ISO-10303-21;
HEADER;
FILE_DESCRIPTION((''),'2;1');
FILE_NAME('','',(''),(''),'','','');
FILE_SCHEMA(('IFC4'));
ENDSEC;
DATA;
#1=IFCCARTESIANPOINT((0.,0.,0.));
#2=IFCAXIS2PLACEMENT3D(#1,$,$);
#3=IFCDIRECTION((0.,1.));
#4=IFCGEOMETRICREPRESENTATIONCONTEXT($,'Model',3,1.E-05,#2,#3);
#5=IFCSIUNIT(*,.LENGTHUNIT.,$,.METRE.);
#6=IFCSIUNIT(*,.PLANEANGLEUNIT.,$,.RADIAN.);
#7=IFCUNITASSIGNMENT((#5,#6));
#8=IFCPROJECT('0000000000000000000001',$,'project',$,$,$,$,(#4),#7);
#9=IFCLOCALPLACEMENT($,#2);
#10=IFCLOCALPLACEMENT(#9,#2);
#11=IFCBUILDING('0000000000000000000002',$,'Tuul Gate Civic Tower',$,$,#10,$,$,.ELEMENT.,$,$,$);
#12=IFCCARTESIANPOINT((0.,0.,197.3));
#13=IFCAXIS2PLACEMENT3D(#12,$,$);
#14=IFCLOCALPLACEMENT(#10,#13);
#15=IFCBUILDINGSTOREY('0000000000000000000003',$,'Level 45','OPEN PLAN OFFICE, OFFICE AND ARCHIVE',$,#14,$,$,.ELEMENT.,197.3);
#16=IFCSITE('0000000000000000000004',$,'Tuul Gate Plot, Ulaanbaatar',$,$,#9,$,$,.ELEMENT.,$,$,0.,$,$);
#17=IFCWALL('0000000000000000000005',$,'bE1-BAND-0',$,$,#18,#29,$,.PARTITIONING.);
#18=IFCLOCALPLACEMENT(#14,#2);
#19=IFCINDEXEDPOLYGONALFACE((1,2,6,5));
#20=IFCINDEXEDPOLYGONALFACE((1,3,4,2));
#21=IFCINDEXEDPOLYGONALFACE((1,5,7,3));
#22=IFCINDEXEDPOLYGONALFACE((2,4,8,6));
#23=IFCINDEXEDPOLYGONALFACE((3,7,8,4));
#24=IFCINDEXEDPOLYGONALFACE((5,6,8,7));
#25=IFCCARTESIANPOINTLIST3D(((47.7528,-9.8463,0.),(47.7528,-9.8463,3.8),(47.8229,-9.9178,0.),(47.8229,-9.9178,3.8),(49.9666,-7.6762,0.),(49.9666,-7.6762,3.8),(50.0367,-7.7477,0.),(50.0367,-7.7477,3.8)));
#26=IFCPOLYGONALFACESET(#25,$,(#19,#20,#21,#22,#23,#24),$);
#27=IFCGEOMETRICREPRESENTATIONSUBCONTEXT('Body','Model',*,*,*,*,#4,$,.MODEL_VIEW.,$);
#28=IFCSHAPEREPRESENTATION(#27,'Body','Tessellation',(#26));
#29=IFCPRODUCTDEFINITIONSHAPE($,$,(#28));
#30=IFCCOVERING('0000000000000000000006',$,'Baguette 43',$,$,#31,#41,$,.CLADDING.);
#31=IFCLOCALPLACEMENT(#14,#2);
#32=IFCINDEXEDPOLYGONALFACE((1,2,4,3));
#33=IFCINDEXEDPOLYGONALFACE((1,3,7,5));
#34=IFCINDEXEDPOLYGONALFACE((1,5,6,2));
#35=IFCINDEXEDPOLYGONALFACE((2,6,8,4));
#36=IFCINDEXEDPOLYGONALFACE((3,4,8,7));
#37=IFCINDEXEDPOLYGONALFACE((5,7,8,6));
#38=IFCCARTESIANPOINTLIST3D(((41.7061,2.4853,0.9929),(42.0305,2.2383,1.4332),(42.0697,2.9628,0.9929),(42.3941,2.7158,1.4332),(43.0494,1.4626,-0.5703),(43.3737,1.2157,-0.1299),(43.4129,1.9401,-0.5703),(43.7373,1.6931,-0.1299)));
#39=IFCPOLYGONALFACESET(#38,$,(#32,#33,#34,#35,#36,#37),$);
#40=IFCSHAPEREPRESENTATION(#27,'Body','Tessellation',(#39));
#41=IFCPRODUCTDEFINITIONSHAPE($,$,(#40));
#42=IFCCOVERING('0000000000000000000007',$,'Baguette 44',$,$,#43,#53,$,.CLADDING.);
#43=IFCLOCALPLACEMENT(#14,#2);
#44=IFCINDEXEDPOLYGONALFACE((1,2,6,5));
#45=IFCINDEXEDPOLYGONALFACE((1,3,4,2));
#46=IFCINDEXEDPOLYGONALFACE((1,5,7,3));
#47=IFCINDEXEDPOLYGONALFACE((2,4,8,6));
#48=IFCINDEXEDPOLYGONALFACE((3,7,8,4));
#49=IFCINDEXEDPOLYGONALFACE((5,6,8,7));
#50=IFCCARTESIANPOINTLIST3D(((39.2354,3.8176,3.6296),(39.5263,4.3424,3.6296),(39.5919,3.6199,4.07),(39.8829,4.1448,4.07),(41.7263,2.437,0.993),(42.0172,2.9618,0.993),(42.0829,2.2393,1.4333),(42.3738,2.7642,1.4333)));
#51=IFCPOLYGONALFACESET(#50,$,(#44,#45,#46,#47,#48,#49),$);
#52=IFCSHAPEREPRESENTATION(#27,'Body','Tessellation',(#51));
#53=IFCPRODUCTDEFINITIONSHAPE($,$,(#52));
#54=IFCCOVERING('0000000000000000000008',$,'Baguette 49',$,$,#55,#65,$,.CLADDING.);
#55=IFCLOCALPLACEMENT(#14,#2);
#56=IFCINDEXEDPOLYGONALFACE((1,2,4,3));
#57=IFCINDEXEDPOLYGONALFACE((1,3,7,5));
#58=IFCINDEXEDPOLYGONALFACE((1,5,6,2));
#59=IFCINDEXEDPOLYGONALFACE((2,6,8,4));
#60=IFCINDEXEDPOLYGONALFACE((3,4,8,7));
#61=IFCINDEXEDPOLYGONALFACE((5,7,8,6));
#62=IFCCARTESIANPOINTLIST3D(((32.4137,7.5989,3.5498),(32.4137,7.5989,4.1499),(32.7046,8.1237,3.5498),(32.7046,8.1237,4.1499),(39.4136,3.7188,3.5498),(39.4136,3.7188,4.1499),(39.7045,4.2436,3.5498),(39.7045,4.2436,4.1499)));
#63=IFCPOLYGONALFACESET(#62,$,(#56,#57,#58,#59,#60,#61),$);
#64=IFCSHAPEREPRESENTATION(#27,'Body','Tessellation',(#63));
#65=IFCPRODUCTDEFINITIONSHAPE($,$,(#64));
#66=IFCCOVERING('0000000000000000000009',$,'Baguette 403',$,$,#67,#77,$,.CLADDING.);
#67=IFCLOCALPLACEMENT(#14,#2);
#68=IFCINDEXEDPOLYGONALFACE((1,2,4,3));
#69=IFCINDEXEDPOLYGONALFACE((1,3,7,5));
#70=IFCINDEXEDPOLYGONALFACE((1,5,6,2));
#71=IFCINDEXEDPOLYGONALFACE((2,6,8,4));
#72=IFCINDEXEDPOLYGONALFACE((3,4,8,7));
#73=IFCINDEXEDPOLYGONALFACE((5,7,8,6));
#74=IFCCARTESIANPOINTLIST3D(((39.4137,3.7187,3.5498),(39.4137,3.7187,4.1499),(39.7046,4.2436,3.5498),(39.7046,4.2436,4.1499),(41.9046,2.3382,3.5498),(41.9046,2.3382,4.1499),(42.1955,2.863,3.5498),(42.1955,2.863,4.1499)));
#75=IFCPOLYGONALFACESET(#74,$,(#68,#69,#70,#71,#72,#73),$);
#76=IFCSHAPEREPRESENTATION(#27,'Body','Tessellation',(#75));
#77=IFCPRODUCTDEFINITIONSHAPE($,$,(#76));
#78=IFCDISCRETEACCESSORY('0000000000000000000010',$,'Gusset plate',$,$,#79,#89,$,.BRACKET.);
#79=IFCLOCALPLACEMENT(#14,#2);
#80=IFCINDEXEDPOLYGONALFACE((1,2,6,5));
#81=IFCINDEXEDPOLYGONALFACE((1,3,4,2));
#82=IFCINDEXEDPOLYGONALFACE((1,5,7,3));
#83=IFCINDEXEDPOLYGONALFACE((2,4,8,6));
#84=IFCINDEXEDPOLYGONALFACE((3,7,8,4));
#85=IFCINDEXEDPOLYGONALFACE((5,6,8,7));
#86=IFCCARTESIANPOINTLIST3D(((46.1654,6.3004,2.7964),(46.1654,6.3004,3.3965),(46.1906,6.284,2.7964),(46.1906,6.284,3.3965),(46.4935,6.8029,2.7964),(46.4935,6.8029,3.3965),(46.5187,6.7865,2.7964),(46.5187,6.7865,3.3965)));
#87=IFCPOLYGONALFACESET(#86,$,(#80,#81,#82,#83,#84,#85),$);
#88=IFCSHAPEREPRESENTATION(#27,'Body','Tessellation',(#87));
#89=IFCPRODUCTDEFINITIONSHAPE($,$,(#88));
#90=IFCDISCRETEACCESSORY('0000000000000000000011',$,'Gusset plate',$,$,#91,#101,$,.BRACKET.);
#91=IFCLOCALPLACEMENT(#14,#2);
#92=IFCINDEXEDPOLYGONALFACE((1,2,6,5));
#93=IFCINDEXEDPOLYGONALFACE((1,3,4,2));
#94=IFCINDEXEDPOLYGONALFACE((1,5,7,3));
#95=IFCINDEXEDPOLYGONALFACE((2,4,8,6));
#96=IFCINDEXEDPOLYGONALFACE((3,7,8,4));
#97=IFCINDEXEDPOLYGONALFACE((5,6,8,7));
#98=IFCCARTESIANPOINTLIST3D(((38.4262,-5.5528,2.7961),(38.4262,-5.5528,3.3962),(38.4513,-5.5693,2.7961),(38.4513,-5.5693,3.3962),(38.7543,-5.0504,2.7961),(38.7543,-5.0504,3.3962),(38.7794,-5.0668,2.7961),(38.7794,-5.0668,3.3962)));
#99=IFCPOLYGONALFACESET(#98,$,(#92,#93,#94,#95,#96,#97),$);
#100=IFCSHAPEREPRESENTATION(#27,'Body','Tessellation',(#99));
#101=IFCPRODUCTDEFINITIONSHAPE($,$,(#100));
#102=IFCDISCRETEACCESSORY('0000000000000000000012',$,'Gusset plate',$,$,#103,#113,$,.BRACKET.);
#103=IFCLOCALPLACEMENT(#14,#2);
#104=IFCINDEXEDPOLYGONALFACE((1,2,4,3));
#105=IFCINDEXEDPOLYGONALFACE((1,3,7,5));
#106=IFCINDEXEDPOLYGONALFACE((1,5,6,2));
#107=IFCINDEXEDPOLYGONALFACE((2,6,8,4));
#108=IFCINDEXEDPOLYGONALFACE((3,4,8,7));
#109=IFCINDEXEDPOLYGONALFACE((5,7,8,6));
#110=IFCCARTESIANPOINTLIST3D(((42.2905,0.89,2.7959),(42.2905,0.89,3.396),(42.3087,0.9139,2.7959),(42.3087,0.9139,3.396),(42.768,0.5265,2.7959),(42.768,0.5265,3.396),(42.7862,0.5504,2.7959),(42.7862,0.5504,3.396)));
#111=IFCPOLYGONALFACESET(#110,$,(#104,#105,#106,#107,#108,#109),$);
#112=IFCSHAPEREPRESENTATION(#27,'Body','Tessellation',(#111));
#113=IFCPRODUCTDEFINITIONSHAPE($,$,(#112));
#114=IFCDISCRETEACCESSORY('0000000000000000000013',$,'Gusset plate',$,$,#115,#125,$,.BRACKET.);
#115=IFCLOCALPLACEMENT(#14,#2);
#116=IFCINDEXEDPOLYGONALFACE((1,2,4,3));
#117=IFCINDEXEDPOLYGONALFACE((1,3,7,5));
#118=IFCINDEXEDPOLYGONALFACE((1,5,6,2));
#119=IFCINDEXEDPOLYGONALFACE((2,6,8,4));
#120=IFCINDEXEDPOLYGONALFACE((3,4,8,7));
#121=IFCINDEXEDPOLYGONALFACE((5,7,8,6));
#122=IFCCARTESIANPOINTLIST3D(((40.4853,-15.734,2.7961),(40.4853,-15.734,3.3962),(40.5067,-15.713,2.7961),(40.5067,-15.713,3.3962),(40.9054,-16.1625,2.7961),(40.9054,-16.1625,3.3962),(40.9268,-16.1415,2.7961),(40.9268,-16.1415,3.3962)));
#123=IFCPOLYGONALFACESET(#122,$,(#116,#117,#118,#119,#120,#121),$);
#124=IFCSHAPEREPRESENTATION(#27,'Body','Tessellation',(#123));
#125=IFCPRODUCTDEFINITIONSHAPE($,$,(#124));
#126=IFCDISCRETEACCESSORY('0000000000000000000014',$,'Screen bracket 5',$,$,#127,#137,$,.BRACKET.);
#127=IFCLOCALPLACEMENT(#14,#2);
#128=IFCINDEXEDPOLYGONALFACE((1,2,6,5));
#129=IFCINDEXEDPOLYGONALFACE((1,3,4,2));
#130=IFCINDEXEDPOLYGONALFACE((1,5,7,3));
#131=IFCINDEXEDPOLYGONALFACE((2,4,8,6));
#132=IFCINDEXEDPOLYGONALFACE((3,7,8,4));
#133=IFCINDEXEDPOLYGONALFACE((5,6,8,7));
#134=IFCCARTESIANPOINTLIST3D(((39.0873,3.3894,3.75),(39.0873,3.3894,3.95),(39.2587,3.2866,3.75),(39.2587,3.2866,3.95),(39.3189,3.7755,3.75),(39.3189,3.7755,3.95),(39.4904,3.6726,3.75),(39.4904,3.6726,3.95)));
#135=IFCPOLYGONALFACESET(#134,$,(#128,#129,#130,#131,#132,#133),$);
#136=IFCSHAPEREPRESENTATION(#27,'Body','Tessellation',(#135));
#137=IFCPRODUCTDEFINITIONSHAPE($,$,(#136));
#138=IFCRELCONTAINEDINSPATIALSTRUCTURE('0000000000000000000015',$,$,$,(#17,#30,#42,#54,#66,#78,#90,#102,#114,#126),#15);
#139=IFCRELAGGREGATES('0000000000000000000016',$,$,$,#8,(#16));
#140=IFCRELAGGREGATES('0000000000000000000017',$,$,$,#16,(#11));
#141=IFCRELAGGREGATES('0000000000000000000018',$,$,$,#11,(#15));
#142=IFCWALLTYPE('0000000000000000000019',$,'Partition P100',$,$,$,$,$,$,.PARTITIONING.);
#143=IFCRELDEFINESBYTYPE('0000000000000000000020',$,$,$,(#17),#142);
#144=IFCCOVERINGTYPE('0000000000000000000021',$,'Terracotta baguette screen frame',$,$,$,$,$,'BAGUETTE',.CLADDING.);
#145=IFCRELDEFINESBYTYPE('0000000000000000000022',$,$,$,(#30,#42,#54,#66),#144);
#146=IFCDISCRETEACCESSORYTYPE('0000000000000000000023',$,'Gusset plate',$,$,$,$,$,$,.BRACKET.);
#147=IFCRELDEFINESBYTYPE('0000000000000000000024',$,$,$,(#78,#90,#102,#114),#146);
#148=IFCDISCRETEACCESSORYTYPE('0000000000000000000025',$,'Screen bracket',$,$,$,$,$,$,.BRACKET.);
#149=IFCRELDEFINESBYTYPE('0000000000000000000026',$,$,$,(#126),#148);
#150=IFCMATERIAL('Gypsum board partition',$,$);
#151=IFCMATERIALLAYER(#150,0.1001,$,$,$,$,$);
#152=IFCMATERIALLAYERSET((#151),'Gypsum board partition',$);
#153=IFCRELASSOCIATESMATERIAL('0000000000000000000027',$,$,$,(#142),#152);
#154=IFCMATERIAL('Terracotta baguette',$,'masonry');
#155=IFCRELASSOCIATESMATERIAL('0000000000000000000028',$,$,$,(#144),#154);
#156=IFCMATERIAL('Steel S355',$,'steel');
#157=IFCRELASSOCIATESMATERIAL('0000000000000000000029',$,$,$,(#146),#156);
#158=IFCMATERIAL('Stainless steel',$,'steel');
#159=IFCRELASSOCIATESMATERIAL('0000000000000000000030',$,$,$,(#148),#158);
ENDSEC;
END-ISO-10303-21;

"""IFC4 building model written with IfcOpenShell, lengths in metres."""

from ifc_helpers import new_model, si_unit, direction, frame, frame_2d, origin, origin_2d, place, context, subcontext, project, spatial, rectangle, extrude, material, layer, layer_set, material_profile, profile_set, type_object, element, save


model = new_model("IFC4")

# Units and contexts
model_context = context("Model", 3, precision=1e-05, world=origin(), true_north=direction((0.0, 1.0)))
body_context = subcontext(model_context, "Body", "Model", "MODEL_VIEW")
ifc_project = project(units=[si_unit("LENGTHUNIT", "METRE"), si_unit("PLANEANGLEUNIT", "RADIAN")], contexts=[model_context])

# Site, building, storey
site_placement = place(None, origin())
site = spatial("IfcSite", under=ifc_project, at=site_placement, Name="Tuul Gate Plot, Ulaanbaatar", CompositionType="ELEMENT", RefElevation=0.0)
building_placement = place(site_placement, origin())
building = spatial("IfcBuilding", under=site, at=building_placement, Name="Tuul Gate Civic Tower", CompositionType="ELEMENT")
storey_placement = place(building_placement, frame((0.0, 0.0, 197.3)))
storey = spatial("IfcBuildingStorey", under=building, at=storey_placement, Name="Level 45", Description="OPEN PLAN OFFICE, OFFICE AND ARCHIVE", CompositionType="ELEMENT", Elevation=197.3)

# Wall
ifc_material_1 = material(Name="Gypsum board partition")
ifc_layer_1 = layer(ifc_material_1, 0.1001)
ifc_layer_set_1 = layer_set([ifc_layer_1], Name="Gypsum board partition")
wall_type_1 = type_object("IfcWallType", Name="Partition P100", PredefinedType="PARTITIONING", material=ifc_layer_set_1)
wall_1_placement = place(storey_placement, frame((47.7878, -9.8821, 0.0), z_axis=(0.0, 0.0, 1.0), x_axis=(0.71412, 0.700023, 0.0)))
element("IfcWall", 1, at=wall_1_placement, inside=storey, type_object=wall_type_1, Name="bE1-BAND-0", PredefinedType="PARTITIONING", context=body_context, shape_type="SweptSolid", body=[
    extrude(rectangle(XDim=3.1001, YDim=0.1001, at=frame_2d((1.55, 0.0))), origin(), (0.0, 0.0, 1.0), 3.8),
])

# Coverings
ifc_material_2 = material(Name="Terracotta baguette", Category="masonry")
ifc_material_profile_1 = material_profile(ifc_material_2, rectangle(XDim=0.6001, YDim=0.6001, at=origin_2d()), Name="Terracotta baguette screen frame")
ifc_profile_set_1 = profile_set([ifc_material_profile_1], Name="Terracotta baguette")
covering_type = type_object("IfcCoveringType", Name="Terracotta baguette screen frame", ElementType="BAGUETTE", PredefinedType="CLADDING", material=ifc_profile_set_1)
covering_1_placement = place(storey_placement, frame((43.3933, 1.5779, -0.3501), z_axis=(-0.583808, 0.444487, 0.679411), x_axis=(-0.605769, -0.795641, 0.0)))
element("IfcCovering", 2, at=covering_1_placement, inside=storey, type_object=covering_type, Name="Baguette 43", PredefinedType="CLADDING", context=body_context, shape_type="SweptSolid", body=[
    extrude(rectangle(XDim=0.6001, YDim=0.6001, at=origin_2d()), origin(), (0.0, 0.0, 1.0), 2.3008),
])
covering_2_placement = place(storey_placement, frame((42.05, 2.6006, 1.2131), z_axis=(-0.641812, 0.355724, 0.679366), x_axis=(-0.484769, -0.874642, 0.0)))
element("IfcCovering", 3, at=covering_2_placement, inside=storey, type_object=covering_type, Name="Baguette 44", PredefinedType="CLADDING", context=body_context, shape_type="SweptSolid", body=[
    extrude(rectangle(XDim=0.6001, YDim=0.6001, at=origin_2d()), origin(), (0.0, 0.0, 1.0), 3.8811),
])
covering_3_placement = place(storey_placement, frame((39.5591, 3.9812, 3.8499), z_axis=(-0.874622, 0.484806, 0.0), x_axis=(-0.484806, -0.874622, 0.0)))
element("IfcCovering", 4, at=covering_3_placement, inside=storey, type_object=covering_type, Name="Baguette 49", PredefinedType="CLADDING", context=body_context, shape_type="SweptSolid", body=[
    extrude(rectangle(XDim=0.6001, YDim=0.6001, at=origin_2d()), origin(), (0.0, 0.0, 1.0), 8.0034),
])
covering_4_placement = place(storey_placement, frame((42.05, 2.6006, 3.8499), z_axis=(-0.874642, 0.484769, 0.0), x_axis=(-0.484769, -0.874642, 0.0)))
element("IfcCovering", 5, at=covering_4_placement, inside=storey, type_object=covering_type, Name="Baguette 403", PredefinedType="CLADDING", context=body_context, shape_type="SweptSolid", body=[
    extrude(rectangle(XDim=0.6001, YDim=0.6001, at=origin_2d()), origin(), (0.0, 0.0, 1.0), 2.8479),
])

# Discrete accessories
ifc_material_3 = material(Name="Steel S355", Category="steel")
discrete_accessory_type_1 = type_object("IfcDiscreteAccessoryType", Name="Gusset plate", PredefinedType="BRACKET", material=ifc_material_3)
for number, where, z_axis, x_axis, name in (
    (6, (46.342, 6.5435, 2.7964), (0.0, 0.0, 1.0), (-0.546722, -0.837314, 0.0), "Gusset plate"),
    (7, (38.6028, -5.3098, 2.7961), (0.0, 0.0, 1.0), (0.546722, 0.837314, 0.0), "Gusset plate"),
    (8, (42.5383, 0.7202, 2.7959), (0.0, 0.0, 1.0), (0.795629, -0.605784, 0.0), "Gusset plate"),
    (9, (40.7061, -15.9377, 2.7961), (0.0, 0.0, 1.0), (0.700091, -0.714053, 0.0), "Gusset plate"),
):
    element("IfcDiscreteAccessory", number, at=place(storey_placement, frame(where, z_axis=z_axis, x_axis=x_axis)), inside=storey, type_object=discrete_accessory_type_1, Name=name, PredefinedType="BRACKET", context=body_context, shape_type="SweptSolid", body=[
        extrude(rectangle(XDim=0.6001, YDim=0.03, at=origin_2d()), origin(), (0.0, 0.0, 1.0), 0.6001),
    ])
ifc_material_4 = material(Name="Stainless steel", Category="steel")
discrete_accessory_type_2 = type_object("IfcDiscreteAccessoryType", Name="Screen bracket", PredefinedType="BRACKET", material=ifc_material_4)
discrete_accessory_placement = place(storey_placement, frame((39.2888, 3.531, 3.75), z_axis=(0.0, 0.0, 1.0), x_axis=(0.514604, 0.857428, 0.0)))
element("IfcDiscreteAccessory", 10, at=discrete_accessory_placement, inside=storey, type_object=discrete_accessory_type_2, Name="Screen bracket 5", PredefinedType="BRACKET", context=body_context, shape_type="SweptSolid", body=[
    extrude(rectangle(XDim=0.4502, YDim=0.2, at=origin_2d()), origin(), (0.0, 0.0, 1.0), 0.2),
])

save(model, "model.ifc")
